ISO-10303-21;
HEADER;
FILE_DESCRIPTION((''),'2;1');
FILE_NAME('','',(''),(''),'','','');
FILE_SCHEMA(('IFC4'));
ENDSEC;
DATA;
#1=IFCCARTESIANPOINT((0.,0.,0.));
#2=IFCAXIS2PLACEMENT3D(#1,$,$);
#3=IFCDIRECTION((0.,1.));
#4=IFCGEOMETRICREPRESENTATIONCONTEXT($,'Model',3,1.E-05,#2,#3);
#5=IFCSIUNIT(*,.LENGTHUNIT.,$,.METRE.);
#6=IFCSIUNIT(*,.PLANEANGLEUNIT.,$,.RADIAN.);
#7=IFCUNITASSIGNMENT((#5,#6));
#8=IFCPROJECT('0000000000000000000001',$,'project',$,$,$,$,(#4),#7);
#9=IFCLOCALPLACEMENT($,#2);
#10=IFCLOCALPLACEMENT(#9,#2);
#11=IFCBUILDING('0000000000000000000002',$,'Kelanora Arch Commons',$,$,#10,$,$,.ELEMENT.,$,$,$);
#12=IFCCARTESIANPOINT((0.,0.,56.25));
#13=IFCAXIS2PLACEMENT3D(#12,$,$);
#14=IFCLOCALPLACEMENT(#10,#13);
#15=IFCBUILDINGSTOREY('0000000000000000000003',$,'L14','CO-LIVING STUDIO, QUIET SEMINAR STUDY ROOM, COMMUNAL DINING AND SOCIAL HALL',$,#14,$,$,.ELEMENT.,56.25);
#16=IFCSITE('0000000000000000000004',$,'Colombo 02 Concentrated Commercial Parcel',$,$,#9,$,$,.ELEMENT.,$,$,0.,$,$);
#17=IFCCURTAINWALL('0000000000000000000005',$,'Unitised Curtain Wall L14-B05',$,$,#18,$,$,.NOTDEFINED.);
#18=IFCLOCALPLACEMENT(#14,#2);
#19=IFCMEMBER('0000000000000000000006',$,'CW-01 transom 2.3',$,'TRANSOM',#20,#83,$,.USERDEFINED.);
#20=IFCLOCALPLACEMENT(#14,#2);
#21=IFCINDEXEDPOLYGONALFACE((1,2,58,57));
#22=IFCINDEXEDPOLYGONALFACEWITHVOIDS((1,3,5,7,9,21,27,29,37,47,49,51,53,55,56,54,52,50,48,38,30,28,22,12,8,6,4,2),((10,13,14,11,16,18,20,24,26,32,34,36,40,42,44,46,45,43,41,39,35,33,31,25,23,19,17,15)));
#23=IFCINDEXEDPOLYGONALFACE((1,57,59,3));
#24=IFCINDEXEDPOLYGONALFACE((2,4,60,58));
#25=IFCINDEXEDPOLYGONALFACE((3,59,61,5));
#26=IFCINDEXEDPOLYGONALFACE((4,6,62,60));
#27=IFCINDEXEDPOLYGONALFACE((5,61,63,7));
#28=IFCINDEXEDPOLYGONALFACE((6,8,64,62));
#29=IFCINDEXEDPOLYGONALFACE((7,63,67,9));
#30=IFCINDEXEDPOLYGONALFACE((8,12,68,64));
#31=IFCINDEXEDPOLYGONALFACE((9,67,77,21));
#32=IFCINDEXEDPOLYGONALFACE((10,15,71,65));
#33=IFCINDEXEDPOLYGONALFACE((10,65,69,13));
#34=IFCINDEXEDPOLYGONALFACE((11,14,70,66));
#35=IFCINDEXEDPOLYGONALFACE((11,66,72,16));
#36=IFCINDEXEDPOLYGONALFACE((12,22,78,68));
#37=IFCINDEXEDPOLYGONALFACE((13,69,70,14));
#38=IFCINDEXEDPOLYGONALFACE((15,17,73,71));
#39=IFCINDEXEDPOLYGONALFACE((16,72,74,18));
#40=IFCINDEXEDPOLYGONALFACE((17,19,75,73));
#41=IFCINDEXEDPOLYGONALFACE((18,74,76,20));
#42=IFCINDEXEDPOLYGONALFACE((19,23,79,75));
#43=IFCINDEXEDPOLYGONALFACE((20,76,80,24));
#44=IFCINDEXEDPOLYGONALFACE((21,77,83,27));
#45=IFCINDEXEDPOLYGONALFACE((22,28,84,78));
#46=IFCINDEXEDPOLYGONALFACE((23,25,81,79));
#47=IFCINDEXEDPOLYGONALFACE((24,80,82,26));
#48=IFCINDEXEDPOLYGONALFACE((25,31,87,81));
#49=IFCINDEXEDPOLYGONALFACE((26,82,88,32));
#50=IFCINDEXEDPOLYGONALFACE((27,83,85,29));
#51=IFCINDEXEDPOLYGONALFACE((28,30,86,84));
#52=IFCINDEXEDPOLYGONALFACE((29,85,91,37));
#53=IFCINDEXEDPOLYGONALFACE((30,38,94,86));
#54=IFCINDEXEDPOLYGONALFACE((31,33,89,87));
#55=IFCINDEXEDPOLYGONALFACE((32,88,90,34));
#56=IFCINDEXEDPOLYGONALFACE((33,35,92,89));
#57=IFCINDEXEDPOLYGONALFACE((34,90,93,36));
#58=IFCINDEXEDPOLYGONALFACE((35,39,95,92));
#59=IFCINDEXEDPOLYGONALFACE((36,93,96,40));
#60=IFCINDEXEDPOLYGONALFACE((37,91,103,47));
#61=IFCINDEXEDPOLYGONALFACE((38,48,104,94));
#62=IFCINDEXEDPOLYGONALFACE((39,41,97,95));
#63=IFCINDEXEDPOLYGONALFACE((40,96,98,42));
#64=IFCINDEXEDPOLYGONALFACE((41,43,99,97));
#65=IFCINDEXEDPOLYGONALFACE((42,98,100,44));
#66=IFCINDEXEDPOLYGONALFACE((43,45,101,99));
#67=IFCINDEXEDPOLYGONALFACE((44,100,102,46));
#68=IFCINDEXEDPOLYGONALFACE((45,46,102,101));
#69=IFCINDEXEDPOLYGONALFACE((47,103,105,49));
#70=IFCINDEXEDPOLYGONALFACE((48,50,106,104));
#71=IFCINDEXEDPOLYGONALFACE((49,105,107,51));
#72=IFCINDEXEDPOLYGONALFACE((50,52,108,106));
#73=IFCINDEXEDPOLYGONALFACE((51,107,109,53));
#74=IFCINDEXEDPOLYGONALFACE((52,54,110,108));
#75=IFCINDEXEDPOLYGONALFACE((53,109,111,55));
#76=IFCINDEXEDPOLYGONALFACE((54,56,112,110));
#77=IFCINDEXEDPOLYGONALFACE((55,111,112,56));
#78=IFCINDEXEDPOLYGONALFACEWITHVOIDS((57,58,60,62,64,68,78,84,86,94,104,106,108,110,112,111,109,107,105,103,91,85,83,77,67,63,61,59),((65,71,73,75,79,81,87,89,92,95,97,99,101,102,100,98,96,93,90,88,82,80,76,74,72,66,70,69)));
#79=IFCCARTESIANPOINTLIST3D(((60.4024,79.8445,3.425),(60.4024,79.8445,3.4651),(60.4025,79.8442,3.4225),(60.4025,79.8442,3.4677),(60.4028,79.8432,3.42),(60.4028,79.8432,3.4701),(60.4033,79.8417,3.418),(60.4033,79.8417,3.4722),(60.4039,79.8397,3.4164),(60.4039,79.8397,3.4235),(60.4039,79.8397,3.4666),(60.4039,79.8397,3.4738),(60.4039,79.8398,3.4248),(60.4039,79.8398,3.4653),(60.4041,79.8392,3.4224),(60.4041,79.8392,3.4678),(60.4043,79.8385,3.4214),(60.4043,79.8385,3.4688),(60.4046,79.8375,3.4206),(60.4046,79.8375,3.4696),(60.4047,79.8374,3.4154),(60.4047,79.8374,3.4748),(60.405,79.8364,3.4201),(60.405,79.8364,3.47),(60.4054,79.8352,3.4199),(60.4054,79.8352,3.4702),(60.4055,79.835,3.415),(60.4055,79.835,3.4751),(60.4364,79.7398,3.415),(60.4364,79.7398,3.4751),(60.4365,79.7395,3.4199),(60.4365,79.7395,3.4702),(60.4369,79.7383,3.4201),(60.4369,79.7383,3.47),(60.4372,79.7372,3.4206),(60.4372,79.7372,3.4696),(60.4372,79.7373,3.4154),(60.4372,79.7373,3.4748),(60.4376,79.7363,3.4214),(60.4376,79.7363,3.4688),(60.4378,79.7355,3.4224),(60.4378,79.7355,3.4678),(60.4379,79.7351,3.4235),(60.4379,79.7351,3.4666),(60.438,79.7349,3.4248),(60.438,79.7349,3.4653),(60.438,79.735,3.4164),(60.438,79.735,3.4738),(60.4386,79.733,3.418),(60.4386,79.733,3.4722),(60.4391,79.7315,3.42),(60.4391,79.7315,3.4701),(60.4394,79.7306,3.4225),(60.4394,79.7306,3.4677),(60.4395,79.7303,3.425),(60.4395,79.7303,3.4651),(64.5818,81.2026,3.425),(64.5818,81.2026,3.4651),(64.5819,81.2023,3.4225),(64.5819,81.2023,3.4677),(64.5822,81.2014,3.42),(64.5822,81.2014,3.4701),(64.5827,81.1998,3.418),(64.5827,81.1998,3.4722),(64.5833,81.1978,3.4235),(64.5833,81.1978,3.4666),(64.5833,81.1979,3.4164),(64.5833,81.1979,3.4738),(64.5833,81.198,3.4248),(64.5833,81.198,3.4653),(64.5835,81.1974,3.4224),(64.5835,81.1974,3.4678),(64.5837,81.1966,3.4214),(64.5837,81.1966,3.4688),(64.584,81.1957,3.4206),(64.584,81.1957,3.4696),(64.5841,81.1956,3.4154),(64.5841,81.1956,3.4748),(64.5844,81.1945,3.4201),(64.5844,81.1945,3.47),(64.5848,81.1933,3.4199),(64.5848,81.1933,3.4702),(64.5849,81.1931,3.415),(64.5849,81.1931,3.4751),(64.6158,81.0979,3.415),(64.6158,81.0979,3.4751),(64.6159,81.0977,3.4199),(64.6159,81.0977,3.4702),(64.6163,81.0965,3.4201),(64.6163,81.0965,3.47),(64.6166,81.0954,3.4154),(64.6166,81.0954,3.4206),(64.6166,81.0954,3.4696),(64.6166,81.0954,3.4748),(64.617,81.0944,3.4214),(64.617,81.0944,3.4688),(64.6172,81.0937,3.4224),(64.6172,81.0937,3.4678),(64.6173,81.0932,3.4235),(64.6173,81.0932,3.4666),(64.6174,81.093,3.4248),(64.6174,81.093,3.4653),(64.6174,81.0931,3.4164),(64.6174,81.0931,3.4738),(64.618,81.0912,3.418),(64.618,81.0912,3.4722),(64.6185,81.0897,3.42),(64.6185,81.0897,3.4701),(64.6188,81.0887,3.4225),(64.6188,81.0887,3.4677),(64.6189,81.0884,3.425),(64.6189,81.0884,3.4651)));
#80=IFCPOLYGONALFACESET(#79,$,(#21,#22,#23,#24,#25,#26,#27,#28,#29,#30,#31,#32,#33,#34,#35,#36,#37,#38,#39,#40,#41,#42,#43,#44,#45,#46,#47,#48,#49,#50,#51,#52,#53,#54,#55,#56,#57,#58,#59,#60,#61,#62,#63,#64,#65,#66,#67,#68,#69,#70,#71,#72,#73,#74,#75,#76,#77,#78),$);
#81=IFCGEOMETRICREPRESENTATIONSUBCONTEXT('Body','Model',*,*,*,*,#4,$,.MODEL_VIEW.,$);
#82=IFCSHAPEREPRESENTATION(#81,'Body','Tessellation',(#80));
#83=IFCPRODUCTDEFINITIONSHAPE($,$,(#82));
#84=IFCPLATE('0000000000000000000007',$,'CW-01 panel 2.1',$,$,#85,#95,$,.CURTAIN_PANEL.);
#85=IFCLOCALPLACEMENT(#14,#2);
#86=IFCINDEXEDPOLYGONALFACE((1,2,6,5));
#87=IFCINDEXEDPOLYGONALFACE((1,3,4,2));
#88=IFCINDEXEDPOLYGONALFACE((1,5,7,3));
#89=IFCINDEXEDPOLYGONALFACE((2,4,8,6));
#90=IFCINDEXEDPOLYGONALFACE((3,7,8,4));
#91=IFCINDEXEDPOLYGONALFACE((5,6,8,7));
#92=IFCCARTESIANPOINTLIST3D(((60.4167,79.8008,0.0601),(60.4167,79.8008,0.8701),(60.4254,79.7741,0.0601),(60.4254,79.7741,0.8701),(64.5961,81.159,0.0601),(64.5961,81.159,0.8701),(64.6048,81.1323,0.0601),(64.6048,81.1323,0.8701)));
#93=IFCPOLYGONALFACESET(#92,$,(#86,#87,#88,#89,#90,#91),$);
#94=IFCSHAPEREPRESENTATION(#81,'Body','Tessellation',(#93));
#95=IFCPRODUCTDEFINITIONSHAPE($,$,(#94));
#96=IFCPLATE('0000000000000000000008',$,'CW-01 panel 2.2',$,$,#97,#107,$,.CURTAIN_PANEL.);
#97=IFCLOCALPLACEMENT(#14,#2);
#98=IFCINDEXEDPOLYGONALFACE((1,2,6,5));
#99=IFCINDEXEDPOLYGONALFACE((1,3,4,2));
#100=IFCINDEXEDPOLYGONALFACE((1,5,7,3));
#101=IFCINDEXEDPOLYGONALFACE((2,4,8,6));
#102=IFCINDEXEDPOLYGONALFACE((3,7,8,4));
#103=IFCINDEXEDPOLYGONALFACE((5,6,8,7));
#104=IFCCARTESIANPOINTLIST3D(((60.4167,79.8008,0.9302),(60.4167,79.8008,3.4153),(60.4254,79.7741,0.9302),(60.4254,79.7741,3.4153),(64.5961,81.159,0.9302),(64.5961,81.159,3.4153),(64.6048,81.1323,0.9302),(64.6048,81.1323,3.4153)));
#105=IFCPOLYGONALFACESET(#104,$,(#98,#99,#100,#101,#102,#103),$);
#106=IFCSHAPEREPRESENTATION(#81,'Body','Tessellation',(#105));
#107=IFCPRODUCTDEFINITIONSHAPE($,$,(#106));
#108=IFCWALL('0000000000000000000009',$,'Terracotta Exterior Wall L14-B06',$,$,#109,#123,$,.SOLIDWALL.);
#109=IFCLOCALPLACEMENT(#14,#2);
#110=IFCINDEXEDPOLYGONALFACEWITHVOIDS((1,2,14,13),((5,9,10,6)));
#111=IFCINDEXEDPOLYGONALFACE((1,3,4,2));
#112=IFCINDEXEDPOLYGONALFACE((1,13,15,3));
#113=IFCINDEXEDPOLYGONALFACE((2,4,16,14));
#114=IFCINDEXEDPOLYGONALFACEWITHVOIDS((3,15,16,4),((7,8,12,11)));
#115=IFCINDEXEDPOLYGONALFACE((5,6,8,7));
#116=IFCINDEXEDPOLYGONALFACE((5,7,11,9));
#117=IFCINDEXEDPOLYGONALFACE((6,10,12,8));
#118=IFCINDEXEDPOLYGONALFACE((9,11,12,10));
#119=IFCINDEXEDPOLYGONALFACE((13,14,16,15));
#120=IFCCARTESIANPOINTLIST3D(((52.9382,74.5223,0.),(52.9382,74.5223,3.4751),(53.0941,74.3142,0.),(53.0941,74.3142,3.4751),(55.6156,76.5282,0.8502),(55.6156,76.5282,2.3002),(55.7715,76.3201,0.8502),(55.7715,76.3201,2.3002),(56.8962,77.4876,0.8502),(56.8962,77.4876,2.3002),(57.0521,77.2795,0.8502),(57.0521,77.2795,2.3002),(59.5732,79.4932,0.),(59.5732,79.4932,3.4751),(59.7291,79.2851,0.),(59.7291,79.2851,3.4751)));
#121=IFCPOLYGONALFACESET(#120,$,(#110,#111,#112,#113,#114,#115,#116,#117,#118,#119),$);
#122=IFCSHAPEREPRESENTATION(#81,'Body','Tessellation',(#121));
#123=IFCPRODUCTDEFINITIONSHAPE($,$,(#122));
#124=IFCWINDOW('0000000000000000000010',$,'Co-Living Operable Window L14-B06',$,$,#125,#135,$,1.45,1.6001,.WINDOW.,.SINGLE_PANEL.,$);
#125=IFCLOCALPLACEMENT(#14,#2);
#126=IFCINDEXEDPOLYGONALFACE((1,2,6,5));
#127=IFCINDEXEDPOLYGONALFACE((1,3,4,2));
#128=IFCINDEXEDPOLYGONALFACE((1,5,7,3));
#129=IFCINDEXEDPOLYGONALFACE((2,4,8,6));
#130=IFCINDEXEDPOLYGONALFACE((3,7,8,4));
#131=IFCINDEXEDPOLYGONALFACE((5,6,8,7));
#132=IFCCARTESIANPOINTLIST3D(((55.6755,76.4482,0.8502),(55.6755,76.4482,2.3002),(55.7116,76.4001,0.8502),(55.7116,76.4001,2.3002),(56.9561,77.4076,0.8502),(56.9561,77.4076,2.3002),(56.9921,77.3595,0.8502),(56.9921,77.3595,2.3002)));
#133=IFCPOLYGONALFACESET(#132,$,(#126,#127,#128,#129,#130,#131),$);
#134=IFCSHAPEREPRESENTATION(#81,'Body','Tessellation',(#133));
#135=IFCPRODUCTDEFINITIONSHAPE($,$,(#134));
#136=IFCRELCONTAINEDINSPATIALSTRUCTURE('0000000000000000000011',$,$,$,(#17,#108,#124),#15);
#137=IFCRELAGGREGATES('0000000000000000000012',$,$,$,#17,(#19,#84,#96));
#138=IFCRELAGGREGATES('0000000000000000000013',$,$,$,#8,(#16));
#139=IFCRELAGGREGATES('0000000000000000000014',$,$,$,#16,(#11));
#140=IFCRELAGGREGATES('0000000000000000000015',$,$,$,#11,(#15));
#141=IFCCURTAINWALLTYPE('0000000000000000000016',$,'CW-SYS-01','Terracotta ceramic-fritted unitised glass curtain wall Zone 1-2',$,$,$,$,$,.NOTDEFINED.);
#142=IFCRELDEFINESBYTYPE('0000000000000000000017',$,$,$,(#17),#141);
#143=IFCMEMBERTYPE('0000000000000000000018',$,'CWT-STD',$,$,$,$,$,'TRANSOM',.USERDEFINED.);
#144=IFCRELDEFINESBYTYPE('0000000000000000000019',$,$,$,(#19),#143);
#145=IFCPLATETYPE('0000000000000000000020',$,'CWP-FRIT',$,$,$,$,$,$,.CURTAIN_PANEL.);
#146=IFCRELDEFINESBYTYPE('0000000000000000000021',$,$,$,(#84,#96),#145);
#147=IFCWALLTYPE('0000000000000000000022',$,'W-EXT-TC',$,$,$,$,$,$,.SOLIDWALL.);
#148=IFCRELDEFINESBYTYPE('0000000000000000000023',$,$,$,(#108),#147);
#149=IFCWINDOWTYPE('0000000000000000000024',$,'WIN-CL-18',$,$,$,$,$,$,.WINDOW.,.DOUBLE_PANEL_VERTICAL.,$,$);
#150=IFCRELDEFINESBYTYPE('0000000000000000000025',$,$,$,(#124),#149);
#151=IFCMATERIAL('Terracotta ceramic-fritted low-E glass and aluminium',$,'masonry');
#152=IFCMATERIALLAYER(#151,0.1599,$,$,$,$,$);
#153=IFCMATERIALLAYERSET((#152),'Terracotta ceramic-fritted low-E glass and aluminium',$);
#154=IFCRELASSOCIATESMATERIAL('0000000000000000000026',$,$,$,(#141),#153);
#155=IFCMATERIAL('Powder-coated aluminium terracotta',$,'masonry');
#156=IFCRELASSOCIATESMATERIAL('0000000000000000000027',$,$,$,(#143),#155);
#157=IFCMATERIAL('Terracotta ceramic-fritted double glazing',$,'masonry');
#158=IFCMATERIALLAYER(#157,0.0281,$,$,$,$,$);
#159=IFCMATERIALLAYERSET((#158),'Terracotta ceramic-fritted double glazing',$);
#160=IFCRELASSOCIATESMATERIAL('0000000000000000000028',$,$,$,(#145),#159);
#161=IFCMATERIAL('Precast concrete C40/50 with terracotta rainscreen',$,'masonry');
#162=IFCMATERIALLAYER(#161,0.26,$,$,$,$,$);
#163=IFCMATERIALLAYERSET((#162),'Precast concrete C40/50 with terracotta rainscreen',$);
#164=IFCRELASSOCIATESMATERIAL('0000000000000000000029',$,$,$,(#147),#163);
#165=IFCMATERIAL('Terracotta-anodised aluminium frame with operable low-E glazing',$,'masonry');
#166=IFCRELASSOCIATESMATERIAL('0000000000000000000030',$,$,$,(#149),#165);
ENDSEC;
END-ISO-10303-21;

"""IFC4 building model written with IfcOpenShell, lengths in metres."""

from ifc_helpers import new_model, si_unit, direction, frame, frame_2d, origin, origin_2d, place, context, subcontext, project, spatial, rectangle, hollow_rectangle, extrude, source, transform, mapped, material, layer, layer_set, material_profile, profile_set, type_object, element, fill, aggregate, save


model = new_model("IFC4")

# Units and contexts
model_context = context("Model", 3, precision=1e-05, world=origin(), true_north=direction((0.0, 1.0)))
body_context = subcontext(model_context, "Body", "Model", "MODEL_VIEW")
ifc_project = project(units=[si_unit("LENGTHUNIT", "METRE"), si_unit("PLANEANGLEUNIT", "RADIAN")], contexts=[model_context])

# Site, building, storey
site_placement = place(None, origin())
site = spatial("IfcSite", under=ifc_project, at=site_placement, Name="Colombo 02 Concentrated Commercial Parcel", CompositionType="ELEMENT", RefElevation=0.0)
building_placement = place(site_placement, origin())
building = spatial("IfcBuilding", under=site, at=building_placement, Name="Kelanora Arch Commons", CompositionType="ELEMENT")
storey_placement = place(building_placement, frame((0.0, 0.0, 56.25)))
storey = spatial("IfcBuildingStorey", under=building, at=storey_placement, Name="L14", Description="CO-LIVING STUDIO, QUIET SEMINAR STUDY ROOM, COMMUNAL DINING AND SOCIAL HALL", CompositionType="ELEMENT", Elevation=56.25)

# Curtain wall, member, plates
ifc_material_1 = material(Name="Terracotta ceramic-fritted low-E glass and aluminium", Category="masonry")
ifc_layer_1 = layer(ifc_material_1, 0.1599)
ifc_layer_set_1 = layer_set([ifc_layer_1], Name="Terracotta ceramic-fritted low-E glass and aluminium")
curtain_wall_type = type_object("IfcCurtainWallType", Name="CW-SYS-01", Description="Terracotta ceramic-fritted unitised glass curtain wall Zone 1-2", PredefinedType="NOTDEFINED", material=ifc_layer_set_1)
curtain_wall_placement = place(storey_placement, origin())
curtain_wall = element("IfcCurtainWall", 1, at=curtain_wall_placement, inside=storey, type_object=curtain_wall_type, Name="Unitised Curtain Wall L14-B05", PredefinedType="NOTDEFINED")
ifc_material_2 = material(Name="Powder-coated aluminium terracotta", Category="masonry")
ifc_material_profile_1 = material_profile(ifc_material_2, hollow_rectangle(XDim=0.1201, YDim=0.0601, WallThickness=0.0049, InnerFilletRadius=0.0049, OuterFilletRadius=0.01, at=origin_2d()), Name="CWT120x60")
ifc_profile_set_1 = profile_set([ifc_material_profile_1], Name="Powder-coated aluminium terracotta")
member_type_1 = type_object("IfcMemberType", Name="CWT-STD", ElementType="TRANSOM", PredefinedType="USERDEFINED", material=ifc_profile_set_1)
member_1_placement = place(storey_placement, frame((64.6003, 81.1455, 3.4451), z_axis=(-0.951045, -0.309052, 0.0), x_axis=(0.309052, -0.951045, 0.0)))
member_1 = element("IfcMember", 2, at=member_1_placement, type_object=member_type_1, Name="CW-01 transom 2.3", ObjectType="TRANSOM", PredefinedType="USERDEFINED", context=body_context, shape_type="SweptSolid", body=[
    extrude(hollow_rectangle(XDim=0.1201, YDim=0.0601, WallThickness=0.0049, InnerFilletRadius=0.0049, OuterFilletRadius=0.01, at=origin_2d()), origin(), (0.0, 0.0, 1.0), 4.3945),
])
ifc_material_3 = material(Name="Terracotta ceramic-fritted double glazing", Category="masonry")
ifc_layer_2 = layer(ifc_material_3, 0.0281)
ifc_layer_set_2 = layer_set([ifc_layer_2], Name="Terracotta ceramic-fritted double glazing")
plate_type = type_object("IfcPlateType", Name="CWP-FRIT", PredefinedType="CURTAIN_PANEL", material=ifc_layer_set_2)
shared_shape_1 = source(origin(), body_context, "Body", "SweptSolid", [
    extrude(rectangle(XDim=4.3945, YDim=0.0281, at=origin_2d()), origin(), (0.0, 0.0, 1.0), 0.8101),
])
plate_1_placement = place(storey_placement, frame((62.5107, 80.4666, 0.0601), z_axis=(0.0, 0.0, 1.0), x_axis=(-0.951043, -0.309058, 0.0)))
plate_1 = element("IfcPlate", 3, at=plate_1_placement, type_object=plate_type, Name="CW-01 panel 2.1", PredefinedType="CURTAIN_PANEL", context=body_context, shape_type="MappedRepresentation", body=[
    mapped(shared_shape_1, transform((0.0, 0.0, 0.0), scale=1.0)),
])
shared_shape_2 = source(origin(), body_context, "Body", "SweptSolid", [
    extrude(rectangle(XDim=4.3945, YDim=0.0281, at=origin_2d()), origin(), (0.0, 0.0, 1.0), 2.4851),
])
plate_2_placement = place(storey_placement, frame((62.5107, 80.4666, 0.9302), z_axis=(0.0, 0.0, 1.0), x_axis=(-0.951043, -0.309058, 0.0)))
plate_2 = element("IfcPlate", 4, at=plate_2_placement, type_object=plate_type, Name="CW-01 panel 2.2", PredefinedType="CURTAIN_PANEL", context=body_context, shape_type="MappedRepresentation", body=[
    mapped(shared_shape_2, transform((0.0, 0.0, 0.0), scale=1.0)),
])
aggregate(curtain_wall, [member_1, plate_1, plate_2])

# Wall, opening, window
ifc_material_4 = material(Name="Precast concrete C40/50 with terracotta rainscreen", Category="masonry")
ifc_layer_3 = layer(ifc_material_4, 0.26)
ifc_layer_set_3 = layer_set([ifc_layer_3], Name="Precast concrete C40/50 with terracotta rainscreen")
wall_type_1 = type_object("IfcWallType", Name="W-EXT-TC", PredefinedType="SOLIDWALL", material=ifc_layer_set_3)
wall_1_placement = place(storey_placement, frame((59.6511, 79.3892, 0.0), z_axis=(0.0, 0.0, 1.0), x_axis=(-0.800307, -0.59959, 0.0)))
wall_1 = element("IfcWall", 5, at=wall_1_placement, inside=storey, type_object=wall_type_1, Name="Terracotta Exterior Wall L14-B06", PredefinedType="SOLIDWALL", context=body_context, shape_type="SweptSolid", body=[
    extrude(rectangle(XDim=8.2905, YDim=0.26, at=frame_2d((4.1453, 0.0))), origin(), (0.0, 0.0, 1.0), 3.4751),
])
opening_1_placement = place(wall_1_placement, frame((3.345, 0.0, 0.8501)))
opening_1 = element("IfcOpeningElement", 6, at=opening_1_placement, cuts=wall_1, PredefinedType="OPENING", context=body_context, shape_type="SweptSolid", body=[
    extrude(rectangle(XDim=1.6001, YDim=1.45, at=frame_2d((0.8, 0.7251))), frame((0.0, 0.1401, 0.0), z_axis=(0.0, -1.0, 0.0), x_axis=(1.0, 0.0, 0.0)), (0.0, 0.0, 1.0), 0.28),
])
ifc_material_5 = material(Name="Terracotta-anodised aluminium frame with operable low-E glazing", Category="masonry")
window_type_1 = type_object("IfcWindowType", Name="WIN-CL-18", PartitioningType="DOUBLE_PANEL_VERTICAL", PredefinedType="WINDOW", material=ifc_material_5)
window_1_placement = place(opening_1_placement, origin())
window_1 = element("IfcWindow", 7, at=window_1_placement, inside=storey, type_object=window_type_1, Name="Co-Living Operable Window L14-B06", OverallHeight=1.45, OverallWidth=1.6001, PartitioningType="SINGLE_PANEL", PredefinedType="WINDOW", context=body_context, shape_type="SweptSolid", body=[
    extrude(rectangle(XDim=1.6001, YDim=1.45, at=frame_2d((0.8, 0.7251))), frame((0.0, 0.03, 0.0), z_axis=(0.0, -1.0, 0.0), x_axis=(1.0, 0.0, 0.0)), (0.0, 0.0, 1.0), 0.0601),
])
fill(opening_1, window_1)

save(model, "model.ifc")
